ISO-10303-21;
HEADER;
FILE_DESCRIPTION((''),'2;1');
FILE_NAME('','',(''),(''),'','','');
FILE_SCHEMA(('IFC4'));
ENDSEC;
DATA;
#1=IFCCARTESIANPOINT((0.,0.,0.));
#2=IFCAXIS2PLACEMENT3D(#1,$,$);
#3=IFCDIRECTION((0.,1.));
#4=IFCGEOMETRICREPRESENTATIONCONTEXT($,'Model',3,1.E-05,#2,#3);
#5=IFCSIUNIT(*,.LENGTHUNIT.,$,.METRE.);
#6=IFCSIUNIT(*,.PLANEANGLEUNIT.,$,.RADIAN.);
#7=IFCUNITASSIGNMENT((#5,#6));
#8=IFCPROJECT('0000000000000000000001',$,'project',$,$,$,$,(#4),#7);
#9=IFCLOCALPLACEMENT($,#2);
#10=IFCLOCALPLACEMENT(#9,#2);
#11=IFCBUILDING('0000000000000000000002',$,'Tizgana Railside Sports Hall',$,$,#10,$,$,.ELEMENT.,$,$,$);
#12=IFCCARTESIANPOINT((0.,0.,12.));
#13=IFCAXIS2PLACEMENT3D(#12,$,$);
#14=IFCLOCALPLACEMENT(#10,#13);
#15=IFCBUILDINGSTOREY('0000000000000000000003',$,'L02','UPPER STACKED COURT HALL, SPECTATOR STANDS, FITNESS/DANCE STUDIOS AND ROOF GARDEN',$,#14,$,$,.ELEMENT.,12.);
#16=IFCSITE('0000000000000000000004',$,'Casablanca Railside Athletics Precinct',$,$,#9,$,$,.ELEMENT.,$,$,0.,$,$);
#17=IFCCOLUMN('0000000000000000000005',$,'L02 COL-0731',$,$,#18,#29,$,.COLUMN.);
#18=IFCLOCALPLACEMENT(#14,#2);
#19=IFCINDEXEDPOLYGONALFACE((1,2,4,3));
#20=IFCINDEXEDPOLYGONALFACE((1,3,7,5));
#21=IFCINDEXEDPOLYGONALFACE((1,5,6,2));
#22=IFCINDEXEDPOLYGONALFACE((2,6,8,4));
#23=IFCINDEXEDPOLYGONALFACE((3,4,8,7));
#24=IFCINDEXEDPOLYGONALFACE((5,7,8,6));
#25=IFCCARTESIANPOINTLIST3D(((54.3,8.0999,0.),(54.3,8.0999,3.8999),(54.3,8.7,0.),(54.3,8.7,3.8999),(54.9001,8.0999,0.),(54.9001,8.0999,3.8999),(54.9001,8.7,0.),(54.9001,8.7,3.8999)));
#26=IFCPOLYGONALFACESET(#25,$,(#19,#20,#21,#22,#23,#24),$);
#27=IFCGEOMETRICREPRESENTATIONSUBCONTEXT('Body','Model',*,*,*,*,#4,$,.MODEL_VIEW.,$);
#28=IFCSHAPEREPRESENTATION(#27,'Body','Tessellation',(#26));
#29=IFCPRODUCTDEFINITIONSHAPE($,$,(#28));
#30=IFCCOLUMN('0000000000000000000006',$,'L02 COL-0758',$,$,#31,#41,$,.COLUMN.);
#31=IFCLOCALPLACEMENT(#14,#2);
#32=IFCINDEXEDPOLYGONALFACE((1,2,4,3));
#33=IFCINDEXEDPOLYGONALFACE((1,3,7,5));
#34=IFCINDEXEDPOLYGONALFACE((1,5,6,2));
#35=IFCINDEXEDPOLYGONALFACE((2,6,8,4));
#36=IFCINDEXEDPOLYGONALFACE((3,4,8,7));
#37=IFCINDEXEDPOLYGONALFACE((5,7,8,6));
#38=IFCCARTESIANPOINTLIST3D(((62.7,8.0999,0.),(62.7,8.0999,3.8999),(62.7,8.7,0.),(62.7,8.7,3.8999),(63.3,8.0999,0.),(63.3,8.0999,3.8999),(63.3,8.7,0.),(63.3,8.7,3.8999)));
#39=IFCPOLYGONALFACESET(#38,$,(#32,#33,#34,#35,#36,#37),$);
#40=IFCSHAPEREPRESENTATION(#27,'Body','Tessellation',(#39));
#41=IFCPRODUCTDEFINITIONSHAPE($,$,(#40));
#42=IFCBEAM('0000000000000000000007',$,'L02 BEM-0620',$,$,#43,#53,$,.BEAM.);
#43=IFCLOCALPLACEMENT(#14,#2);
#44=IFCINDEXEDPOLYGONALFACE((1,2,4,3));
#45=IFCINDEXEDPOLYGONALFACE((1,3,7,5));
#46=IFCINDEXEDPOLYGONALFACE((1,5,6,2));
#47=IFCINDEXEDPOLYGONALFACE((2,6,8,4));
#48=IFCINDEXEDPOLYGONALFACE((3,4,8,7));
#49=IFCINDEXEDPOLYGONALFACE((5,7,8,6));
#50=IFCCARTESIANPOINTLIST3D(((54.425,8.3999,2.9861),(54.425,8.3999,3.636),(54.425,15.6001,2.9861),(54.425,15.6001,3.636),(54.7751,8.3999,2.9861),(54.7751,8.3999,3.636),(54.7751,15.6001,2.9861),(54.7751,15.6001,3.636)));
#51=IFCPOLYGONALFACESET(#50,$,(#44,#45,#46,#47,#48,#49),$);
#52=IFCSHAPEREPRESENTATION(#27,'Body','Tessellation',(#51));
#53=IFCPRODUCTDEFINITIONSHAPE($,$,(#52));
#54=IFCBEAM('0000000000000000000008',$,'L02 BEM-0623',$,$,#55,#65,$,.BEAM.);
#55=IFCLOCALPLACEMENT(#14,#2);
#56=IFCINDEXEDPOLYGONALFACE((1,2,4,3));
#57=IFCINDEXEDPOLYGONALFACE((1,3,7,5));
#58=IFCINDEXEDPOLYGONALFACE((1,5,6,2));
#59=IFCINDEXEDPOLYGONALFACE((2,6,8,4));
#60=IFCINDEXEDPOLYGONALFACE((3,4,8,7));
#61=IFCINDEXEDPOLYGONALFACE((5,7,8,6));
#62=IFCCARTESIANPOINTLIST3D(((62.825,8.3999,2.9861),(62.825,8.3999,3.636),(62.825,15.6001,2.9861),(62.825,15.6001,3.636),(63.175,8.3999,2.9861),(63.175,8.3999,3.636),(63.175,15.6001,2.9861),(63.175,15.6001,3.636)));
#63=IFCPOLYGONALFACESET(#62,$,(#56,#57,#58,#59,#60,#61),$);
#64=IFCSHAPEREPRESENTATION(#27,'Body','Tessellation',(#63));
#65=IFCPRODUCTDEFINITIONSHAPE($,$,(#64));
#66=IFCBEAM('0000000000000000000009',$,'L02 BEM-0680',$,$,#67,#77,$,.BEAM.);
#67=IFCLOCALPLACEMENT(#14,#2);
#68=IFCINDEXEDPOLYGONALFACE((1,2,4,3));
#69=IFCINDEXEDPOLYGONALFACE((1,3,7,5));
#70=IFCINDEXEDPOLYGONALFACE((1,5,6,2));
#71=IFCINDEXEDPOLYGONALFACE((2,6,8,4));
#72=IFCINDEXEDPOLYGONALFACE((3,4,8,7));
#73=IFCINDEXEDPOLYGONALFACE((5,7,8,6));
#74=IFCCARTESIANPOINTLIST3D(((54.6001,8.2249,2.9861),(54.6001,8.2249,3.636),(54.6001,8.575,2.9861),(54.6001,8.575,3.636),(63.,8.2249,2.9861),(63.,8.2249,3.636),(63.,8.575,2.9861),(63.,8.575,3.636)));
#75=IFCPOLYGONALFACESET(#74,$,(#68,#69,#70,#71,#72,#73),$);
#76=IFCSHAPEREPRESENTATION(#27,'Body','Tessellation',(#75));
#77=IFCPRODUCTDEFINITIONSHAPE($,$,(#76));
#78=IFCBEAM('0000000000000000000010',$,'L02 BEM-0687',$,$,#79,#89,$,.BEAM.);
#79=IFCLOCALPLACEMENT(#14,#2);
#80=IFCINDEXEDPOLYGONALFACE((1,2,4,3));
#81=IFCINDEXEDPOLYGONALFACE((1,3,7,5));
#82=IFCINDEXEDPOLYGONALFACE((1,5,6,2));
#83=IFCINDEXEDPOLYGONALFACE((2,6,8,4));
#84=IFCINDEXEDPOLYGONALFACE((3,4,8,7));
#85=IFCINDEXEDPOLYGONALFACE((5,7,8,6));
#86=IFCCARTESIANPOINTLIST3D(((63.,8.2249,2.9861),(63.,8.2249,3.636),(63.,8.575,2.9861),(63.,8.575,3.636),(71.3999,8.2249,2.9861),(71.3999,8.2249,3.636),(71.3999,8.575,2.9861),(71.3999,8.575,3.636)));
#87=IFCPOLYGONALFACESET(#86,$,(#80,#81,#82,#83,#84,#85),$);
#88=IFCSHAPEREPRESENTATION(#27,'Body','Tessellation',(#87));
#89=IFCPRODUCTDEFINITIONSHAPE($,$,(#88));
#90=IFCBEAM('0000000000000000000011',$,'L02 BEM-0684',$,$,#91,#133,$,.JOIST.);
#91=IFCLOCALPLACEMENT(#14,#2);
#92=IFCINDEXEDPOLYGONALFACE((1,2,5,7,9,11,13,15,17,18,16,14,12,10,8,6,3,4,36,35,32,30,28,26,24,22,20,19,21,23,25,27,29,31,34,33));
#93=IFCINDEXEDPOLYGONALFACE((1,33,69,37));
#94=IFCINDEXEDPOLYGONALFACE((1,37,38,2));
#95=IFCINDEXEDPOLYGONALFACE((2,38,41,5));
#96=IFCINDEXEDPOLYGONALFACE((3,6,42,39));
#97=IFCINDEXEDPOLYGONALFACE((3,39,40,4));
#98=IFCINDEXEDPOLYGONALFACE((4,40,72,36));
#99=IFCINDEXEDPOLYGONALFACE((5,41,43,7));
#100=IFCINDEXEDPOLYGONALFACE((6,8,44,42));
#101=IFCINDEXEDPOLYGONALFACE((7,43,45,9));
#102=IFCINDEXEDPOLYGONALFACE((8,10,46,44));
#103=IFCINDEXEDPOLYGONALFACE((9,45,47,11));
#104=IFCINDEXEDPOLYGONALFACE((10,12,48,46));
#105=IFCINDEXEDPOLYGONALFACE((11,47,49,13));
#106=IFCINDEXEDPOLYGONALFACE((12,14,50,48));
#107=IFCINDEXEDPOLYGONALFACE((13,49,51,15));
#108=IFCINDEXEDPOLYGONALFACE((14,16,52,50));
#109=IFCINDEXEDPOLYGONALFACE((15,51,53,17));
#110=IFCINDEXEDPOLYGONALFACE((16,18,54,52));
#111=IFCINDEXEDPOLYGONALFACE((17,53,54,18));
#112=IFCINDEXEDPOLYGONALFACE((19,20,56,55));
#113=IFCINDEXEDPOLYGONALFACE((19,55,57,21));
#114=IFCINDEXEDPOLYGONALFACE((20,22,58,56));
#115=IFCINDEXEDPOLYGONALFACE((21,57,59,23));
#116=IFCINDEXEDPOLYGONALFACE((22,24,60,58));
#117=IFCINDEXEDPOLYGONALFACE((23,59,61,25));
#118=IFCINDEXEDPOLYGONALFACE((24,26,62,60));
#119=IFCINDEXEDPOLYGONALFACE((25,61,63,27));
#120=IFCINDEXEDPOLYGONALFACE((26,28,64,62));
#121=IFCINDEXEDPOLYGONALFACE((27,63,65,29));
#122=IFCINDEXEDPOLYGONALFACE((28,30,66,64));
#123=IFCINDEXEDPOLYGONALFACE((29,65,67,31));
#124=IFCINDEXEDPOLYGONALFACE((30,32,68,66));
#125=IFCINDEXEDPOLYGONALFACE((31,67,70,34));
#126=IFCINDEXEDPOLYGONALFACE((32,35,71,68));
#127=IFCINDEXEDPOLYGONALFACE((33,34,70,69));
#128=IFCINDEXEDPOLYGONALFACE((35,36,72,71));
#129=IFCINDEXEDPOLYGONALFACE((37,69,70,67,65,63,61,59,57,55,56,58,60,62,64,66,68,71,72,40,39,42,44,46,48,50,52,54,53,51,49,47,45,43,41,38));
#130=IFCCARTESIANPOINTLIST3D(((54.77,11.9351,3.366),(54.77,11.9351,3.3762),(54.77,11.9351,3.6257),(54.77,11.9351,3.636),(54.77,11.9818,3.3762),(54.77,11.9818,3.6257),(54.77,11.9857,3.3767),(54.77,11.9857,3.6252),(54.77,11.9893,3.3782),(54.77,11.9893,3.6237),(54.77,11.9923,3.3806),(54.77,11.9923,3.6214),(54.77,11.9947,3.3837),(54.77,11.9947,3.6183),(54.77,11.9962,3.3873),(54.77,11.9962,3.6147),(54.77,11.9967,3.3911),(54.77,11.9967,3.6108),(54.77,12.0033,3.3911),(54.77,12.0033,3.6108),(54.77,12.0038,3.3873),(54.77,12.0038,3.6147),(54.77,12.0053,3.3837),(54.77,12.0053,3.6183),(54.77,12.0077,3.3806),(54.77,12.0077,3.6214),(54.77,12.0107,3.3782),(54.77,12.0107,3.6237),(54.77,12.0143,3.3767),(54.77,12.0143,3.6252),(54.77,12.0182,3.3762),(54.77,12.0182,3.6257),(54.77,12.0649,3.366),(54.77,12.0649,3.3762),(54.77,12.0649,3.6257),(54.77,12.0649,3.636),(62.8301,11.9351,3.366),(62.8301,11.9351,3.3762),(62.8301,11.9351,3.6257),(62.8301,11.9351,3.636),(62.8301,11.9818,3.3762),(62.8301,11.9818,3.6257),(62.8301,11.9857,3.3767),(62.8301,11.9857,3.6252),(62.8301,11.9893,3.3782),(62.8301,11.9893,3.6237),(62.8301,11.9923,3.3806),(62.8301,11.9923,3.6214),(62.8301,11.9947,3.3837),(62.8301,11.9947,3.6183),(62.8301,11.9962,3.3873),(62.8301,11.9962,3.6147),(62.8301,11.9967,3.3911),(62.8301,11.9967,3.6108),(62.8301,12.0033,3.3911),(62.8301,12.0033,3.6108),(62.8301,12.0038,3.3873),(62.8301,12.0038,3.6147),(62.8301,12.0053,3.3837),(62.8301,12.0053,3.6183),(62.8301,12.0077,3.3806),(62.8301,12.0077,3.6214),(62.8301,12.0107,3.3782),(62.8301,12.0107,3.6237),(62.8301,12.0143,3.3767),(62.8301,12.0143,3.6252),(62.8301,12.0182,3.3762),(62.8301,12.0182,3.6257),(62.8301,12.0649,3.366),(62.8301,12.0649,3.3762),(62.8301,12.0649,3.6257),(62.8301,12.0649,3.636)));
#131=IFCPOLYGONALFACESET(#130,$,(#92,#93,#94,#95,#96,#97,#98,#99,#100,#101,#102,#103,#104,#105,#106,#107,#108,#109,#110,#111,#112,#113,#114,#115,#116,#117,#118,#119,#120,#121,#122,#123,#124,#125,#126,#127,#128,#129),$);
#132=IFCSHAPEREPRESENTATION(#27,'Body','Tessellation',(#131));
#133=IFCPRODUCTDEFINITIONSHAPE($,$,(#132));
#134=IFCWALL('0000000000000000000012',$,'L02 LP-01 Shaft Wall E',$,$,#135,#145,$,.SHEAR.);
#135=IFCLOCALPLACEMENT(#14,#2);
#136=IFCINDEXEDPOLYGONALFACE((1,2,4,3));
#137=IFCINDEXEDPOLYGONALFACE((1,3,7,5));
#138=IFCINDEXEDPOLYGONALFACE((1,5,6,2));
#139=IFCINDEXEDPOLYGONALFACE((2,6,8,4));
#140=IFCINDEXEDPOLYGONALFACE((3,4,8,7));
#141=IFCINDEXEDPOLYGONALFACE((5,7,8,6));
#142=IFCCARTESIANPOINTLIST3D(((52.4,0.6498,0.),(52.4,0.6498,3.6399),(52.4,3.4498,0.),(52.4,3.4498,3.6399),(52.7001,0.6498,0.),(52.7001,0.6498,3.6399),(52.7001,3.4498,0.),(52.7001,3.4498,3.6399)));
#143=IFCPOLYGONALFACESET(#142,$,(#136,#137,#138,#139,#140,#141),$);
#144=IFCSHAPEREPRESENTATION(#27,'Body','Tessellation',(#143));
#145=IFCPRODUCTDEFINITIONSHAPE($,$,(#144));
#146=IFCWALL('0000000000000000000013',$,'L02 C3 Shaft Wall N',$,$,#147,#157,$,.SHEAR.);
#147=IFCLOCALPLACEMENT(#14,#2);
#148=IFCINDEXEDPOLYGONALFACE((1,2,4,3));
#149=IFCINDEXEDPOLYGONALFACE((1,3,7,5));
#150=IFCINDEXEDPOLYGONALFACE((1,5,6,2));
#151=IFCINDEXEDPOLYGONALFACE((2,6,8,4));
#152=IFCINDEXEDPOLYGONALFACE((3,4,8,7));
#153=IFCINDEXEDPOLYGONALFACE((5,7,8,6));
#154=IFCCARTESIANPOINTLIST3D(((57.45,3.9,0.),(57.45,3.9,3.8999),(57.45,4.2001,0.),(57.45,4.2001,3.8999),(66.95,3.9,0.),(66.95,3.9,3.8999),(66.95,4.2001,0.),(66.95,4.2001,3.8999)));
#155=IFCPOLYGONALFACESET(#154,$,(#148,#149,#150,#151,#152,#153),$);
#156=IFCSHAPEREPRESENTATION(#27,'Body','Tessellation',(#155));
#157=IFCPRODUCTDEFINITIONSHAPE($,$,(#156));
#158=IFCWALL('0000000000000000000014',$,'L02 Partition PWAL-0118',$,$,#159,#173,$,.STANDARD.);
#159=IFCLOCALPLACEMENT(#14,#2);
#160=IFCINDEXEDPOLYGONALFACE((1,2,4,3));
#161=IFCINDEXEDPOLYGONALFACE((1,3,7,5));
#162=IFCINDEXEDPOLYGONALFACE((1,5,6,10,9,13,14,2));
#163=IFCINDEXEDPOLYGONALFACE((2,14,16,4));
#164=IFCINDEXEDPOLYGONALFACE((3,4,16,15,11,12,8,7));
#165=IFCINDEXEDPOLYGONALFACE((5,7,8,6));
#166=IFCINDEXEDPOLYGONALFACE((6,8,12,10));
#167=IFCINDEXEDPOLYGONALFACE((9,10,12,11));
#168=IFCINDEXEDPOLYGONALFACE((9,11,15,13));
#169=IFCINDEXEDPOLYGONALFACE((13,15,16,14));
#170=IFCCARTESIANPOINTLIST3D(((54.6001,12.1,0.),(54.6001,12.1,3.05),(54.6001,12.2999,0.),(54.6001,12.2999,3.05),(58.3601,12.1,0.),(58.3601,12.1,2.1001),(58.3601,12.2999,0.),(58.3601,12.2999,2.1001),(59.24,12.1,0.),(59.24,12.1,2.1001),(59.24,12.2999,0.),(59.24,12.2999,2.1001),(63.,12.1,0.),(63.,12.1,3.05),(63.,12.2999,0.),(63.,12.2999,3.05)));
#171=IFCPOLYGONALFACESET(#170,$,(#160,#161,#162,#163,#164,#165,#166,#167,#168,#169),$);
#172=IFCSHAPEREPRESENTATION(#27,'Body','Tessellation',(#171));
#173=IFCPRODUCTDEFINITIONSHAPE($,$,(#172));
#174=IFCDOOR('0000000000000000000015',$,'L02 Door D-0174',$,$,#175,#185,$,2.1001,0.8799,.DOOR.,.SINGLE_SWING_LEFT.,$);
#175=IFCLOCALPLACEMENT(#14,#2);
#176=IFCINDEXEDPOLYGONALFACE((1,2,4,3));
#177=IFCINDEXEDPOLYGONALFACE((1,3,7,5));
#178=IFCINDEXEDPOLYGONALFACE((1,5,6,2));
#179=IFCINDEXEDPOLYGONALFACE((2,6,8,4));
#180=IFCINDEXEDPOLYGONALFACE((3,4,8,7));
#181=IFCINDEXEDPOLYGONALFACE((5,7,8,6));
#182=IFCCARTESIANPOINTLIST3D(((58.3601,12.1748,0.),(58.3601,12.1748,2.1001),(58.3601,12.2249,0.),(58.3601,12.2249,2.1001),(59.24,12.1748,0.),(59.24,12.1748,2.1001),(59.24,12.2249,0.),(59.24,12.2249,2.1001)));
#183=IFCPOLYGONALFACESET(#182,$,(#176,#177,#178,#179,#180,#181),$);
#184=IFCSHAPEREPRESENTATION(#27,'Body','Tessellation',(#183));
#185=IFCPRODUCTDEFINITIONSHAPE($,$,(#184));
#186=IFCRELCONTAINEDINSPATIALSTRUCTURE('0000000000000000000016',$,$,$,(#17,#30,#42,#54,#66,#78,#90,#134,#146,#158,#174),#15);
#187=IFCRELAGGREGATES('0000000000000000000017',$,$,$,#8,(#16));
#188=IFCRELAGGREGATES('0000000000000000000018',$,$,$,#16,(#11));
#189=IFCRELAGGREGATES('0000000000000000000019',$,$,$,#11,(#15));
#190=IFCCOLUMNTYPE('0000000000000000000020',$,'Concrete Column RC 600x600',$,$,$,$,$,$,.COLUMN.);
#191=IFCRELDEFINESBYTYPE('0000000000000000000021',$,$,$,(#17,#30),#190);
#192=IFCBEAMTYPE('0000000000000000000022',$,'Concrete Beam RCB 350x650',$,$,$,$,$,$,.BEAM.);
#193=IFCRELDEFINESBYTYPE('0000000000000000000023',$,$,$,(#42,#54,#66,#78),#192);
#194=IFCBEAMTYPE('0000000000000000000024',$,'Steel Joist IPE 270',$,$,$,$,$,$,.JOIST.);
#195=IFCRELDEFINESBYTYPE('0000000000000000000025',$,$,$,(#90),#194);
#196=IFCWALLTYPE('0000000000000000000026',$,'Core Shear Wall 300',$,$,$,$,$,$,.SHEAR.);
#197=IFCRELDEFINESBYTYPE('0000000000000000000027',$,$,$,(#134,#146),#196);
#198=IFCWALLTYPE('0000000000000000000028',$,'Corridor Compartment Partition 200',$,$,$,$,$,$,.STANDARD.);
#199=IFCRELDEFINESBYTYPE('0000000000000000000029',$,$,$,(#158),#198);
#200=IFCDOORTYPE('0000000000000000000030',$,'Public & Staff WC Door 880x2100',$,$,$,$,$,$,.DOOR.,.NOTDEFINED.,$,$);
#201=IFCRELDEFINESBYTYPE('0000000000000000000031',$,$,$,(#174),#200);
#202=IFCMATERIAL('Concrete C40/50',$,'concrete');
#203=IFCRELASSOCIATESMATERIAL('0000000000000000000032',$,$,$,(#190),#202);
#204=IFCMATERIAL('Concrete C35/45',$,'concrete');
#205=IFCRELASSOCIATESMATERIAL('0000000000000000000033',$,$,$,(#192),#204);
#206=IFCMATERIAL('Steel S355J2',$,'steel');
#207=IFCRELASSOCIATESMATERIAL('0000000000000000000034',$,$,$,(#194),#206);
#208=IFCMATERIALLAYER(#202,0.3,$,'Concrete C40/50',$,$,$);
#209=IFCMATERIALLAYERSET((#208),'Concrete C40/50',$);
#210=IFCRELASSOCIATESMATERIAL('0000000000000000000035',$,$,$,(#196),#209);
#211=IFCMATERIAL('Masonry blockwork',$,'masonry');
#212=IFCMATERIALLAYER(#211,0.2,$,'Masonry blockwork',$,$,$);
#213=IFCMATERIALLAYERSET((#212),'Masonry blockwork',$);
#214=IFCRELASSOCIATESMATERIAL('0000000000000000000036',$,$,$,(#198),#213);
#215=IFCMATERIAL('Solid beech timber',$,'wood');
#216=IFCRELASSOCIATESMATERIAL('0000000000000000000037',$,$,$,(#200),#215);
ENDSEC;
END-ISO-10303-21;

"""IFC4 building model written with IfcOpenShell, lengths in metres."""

from ifc_helpers import new_model, si_unit, direction, frame, frame_2d, origin, origin_2d, place, context, subcontext, project, spatial, rectangle, i_section, extrude, material, layer, layer_set, material_profile, profile_set, type_object, element, fill, save


model = new_model("IFC4")

# Units and contexts
model_context = context("Model", 3, precision=1e-05, world=origin(), true_north=direction((0.0, 1.0)))
body_context = subcontext(model_context, "Body", "Model", "MODEL_VIEW")
ifc_project = project(units=[si_unit("LENGTHUNIT", "METRE"), si_unit("PLANEANGLEUNIT", "RADIAN")], contexts=[model_context])

# Site, building, storey
site_placement = place(None, origin())
site = spatial("IfcSite", under=ifc_project, at=site_placement, Name="Casablanca Railside Athletics Precinct", CompositionType="ELEMENT", RefElevation=0.0)
building_placement = place(site_placement, origin())
building = spatial("IfcBuilding", under=site, at=building_placement, Name="Tizgana Railside Sports Hall", CompositionType="ELEMENT")
storey_placement = place(building_placement, frame((0.0, 0.0, 12.0)))
storey = spatial("IfcBuildingStorey", under=building, at=storey_placement, Name="L02", Description="UPPER STACKED COURT HALL, SPECTATOR STANDS, FITNESS/DANCE STUDIOS AND ROOF GARDEN", CompositionType="ELEMENT", Elevation=12.0)

# Columns
ifc_material_1 = material(Name="Concrete C40/50", Category="concrete")
ifc_material_profile_1 = material_profile(ifc_material_1, rectangle(XDim=0.6001, YDim=0.6001, at=origin_2d()), Name="RC 600x600")
ifc_profile_set_1 = profile_set([ifc_material_profile_1], Name="Concrete C40/50")
column_type = type_object("IfcColumnType", Name="Concrete Column RC 600x600", PredefinedType="COLUMN", material=ifc_profile_set_1)
for number, where, z_axis, x_axis, name in (
    (1, (54.6001, 8.3999, 0.0), (0.0, 0.0, 1.0), (1.0, 0.0, 0.0), "L02 COL-0731"),
    (2, (63.0, 8.3999, 0.0), (0.0, 0.0, 1.0), (1.0, 0.0, 0.0), "L02 COL-0758"),
):
    element("IfcColumn", number, at=place(storey_placement, frame(where, z_axis=z_axis, x_axis=x_axis)), inside=storey, type_object=column_type, Name=name, PredefinedType="COLUMN", context=body_context, shape_type="SweptSolid", body=[
        extrude(rectangle(XDim=0.6001, YDim=0.6001, at=origin_2d()), origin(), (0.0, 0.0, 1.0), 3.8999),
    ])

# Beams
ifc_material_2 = material(Name="Concrete C35/45", Category="concrete")
ifc_material_profile_2 = material_profile(ifc_material_2, rectangle(XDim=0.3501, YDim=0.6499, at=origin_2d()), Name="RCB 350x650")
ifc_profile_set_2 = profile_set([ifc_material_profile_2], Name="Concrete C35/45")
beam_type_1 = type_object("IfcBeamType", Name="Concrete Beam RCB 350x650", PredefinedType="BEAM", material=ifc_profile_set_2)
for number, where, z_axis, x_axis, name in (
    (3, (54.6001, 8.3999, 3.311), (0.0, 1.0, 0.0), (-1.0, 0.0, 0.0), "L02 BEM-0620"),
    (4, (63.0, 8.3999, 3.311), (0.0, 1.0, 0.0), (-1.0, 0.0, 0.0), "L02 BEM-0623"),
):
    element("IfcBeam", number, at=place(storey_placement, frame(where, z_axis=z_axis, x_axis=x_axis)), inside=storey, type_object=beam_type_1, Name=name, PredefinedType="BEAM", context=body_context, shape_type="SweptSolid", body=[
        extrude(rectangle(XDim=0.3501, YDim=0.6499, at=origin_2d()), origin(), (0.0, 0.0, 1.0), 7.2002),
    ])
for number, where, z_axis, x_axis, name in (
    (5, (54.6001, 8.3999, 3.311), (1.0, 0.0, 0.0), (0.0, 1.0, 0.0), "L02 BEM-0680"),
    (6, (63.0, 8.3999, 3.311), (1.0, 0.0, 0.0), (0.0, 1.0, 0.0), "L02 BEM-0687"),
):
    element("IfcBeam", number, at=place(storey_placement, frame(where, z_axis=z_axis, x_axis=x_axis)), inside=storey, type_object=beam_type_1, Name=name, PredefinedType="BEAM", context=body_context, shape_type="SweptSolid", body=[
        extrude(rectangle(XDim=0.3501, YDim=0.6499, at=origin_2d()), origin(), (0.0, 0.0, 1.0), 8.3999),
    ])
ifc_material_3 = material(Name="Steel S355J2", Category="steel")
ifc_material_profile_3 = material_profile(ifc_material_3, i_section(OverallWidth=0.1299, OverallDepth=0.27, WebThickness=0.0066, FlangeThickness=0.0103, FilletRadius=0.0149, at=origin_2d()), Name="IPE 270")
ifc_profile_set_3 = profile_set([ifc_material_profile_3], Name="Steel S355J2")
beam_type_2 = type_object("IfcBeamType", Name="Steel Joist IPE 270", PredefinedType="JOIST", material=ifc_profile_set_3)
beam_placement = place(storey_placement, frame((54.77, 12.0, 3.501), z_axis=(1.0, 0.0, 0.0), x_axis=(0.0, 1.0, 0.0)))
element("IfcBeam", 7, at=beam_placement, inside=storey, type_object=beam_type_2, Name="L02 BEM-0684", PredefinedType="JOIST", context=body_context, shape_type="SweptSolid", body=[
    extrude(i_section(OverallWidth=0.1299, OverallDepth=0.27, WebThickness=0.0066, FlangeThickness=0.0103, FilletRadius=0.0149, at=origin_2d()), origin(), (0.0, 0.0, 1.0), 8.0601),
])

# Walls
ifc_layer_1 = layer(ifc_material_1, 0.3, Name="Concrete C40/50")
ifc_layer_set_1 = layer_set([ifc_layer_1], Name="Concrete C40/50")
wall_type_1 = type_object("IfcWallType", Name="Core Shear Wall 300", PredefinedType="SHEAR", material=ifc_layer_set_1)
wall_1_placement = place(storey_placement, frame((52.55, 0.6499, 0.0), z_axis=(0.0, 0.0, 1.0), x_axis=(0.0, 1.0, 0.0)))
element("IfcWall", 8, at=wall_1_placement, inside=storey, type_object=wall_type_1, Name="L02 LP-01 Shaft Wall E", PredefinedType="SHEAR", context=body_context, shape_type="SweptSolid", body=[
    extrude(rectangle(XDim=2.8, YDim=0.3, at=frame_2d((1.3999, 0.0))), origin(), (0.0, 0.0, 1.0), 3.6399),
])
wall_2_placement = place(storey_placement, frame((57.45, 4.05, 0.0), z_axis=(0.0, 0.0, 1.0), x_axis=(1.0, 0.0, 0.0)))
element("IfcWall", 9, at=wall_2_placement, inside=storey, type_object=wall_type_1, Name="L02 C3 Shaft Wall N", PredefinedType="SHEAR", context=body_context, shape_type="SweptSolid", body=[
    extrude(rectangle(XDim=9.5, YDim=0.3, at=frame_2d((4.75, 0.0))), origin(), (0.0, 0.0, 1.0), 3.8999),
])

# Wall, opening, door
ifc_material_4 = material(Name="Masonry blockwork", Category="masonry")
ifc_layer_2 = layer(ifc_material_4, 0.2, Name="Masonry blockwork")
ifc_layer_set_2 = layer_set([ifc_layer_2], Name="Masonry blockwork")
wall_type_2 = type_object("IfcWallType", Name="Corridor Compartment Partition 200", PredefinedType="STANDARD", material=ifc_layer_set_2)
wall_3_placement = place(storey_placement, frame((54.6001, 12.2, 0.0), z_axis=(0.0, 0.0, 1.0), x_axis=(1.0, 0.0, 0.0)))
wall_3 = element("IfcWall", 10, at=wall_3_placement, inside=storey, type_object=wall_type_2, Name="L02 Partition PWAL-0118", PredefinedType="STANDARD", context=body_context, shape_type="SweptSolid", body=[
    extrude(rectangle(XDim=8.3999, YDim=0.2, at=frame_2d((4.2, 0.0))), origin(), (0.0, 0.0, 1.0), 3.05),
])
opening_1_placement = place(wall_3_placement, frame((3.76, 0.0, 0.0)))
opening_1 = element("IfcOpeningElement", 11, at=opening_1_placement, cuts=wall_3, PredefinedType="OPENING", context=body_context, shape_type="SweptSolid", body=[
    extrude(rectangle(XDim=0.8799, YDim=2.1001, at=frame_2d((0.4399, 1.05))), frame((0.0, 0.1099, 0.0), z_axis=(0.0, -1.0, 0.0), x_axis=(1.0, 0.0, 0.0)), (0.0, 0.0, 1.0), 0.22),
])
ifc_material_5 = material(Name="Solid beech timber", Category="wood")
door_type_1 = type_object("IfcDoorType", Name="Public & Staff WC Door 880x2100", OperationType="NOTDEFINED", PredefinedType="DOOR", material=ifc_material_5)
door_1_placement = place(opening_1_placement, origin())
door_1 = element("IfcDoor", 12, at=door_1_placement, inside=storey, type_object=door_type_1, Name="L02 Door D-0174", OperationType="SINGLE_SWING_LEFT", OverallHeight=2.1001, OverallWidth=0.8799, PredefinedType="DOOR", context=body_context, shape_type="SweptSolid", body=[
    extrude(rectangle(XDim=0.8799, YDim=2.1001, at=frame_2d((0.4399, 1.05))), frame((0.0, 0.0249, 0.0), z_axis=(0.0, -1.0, 0.0), x_axis=(1.0, 0.0, 0.0)), (0.0, 0.0, 1.0), 0.05),
])
fill(opening_1, door_1)

save(model, "model.ifc")
